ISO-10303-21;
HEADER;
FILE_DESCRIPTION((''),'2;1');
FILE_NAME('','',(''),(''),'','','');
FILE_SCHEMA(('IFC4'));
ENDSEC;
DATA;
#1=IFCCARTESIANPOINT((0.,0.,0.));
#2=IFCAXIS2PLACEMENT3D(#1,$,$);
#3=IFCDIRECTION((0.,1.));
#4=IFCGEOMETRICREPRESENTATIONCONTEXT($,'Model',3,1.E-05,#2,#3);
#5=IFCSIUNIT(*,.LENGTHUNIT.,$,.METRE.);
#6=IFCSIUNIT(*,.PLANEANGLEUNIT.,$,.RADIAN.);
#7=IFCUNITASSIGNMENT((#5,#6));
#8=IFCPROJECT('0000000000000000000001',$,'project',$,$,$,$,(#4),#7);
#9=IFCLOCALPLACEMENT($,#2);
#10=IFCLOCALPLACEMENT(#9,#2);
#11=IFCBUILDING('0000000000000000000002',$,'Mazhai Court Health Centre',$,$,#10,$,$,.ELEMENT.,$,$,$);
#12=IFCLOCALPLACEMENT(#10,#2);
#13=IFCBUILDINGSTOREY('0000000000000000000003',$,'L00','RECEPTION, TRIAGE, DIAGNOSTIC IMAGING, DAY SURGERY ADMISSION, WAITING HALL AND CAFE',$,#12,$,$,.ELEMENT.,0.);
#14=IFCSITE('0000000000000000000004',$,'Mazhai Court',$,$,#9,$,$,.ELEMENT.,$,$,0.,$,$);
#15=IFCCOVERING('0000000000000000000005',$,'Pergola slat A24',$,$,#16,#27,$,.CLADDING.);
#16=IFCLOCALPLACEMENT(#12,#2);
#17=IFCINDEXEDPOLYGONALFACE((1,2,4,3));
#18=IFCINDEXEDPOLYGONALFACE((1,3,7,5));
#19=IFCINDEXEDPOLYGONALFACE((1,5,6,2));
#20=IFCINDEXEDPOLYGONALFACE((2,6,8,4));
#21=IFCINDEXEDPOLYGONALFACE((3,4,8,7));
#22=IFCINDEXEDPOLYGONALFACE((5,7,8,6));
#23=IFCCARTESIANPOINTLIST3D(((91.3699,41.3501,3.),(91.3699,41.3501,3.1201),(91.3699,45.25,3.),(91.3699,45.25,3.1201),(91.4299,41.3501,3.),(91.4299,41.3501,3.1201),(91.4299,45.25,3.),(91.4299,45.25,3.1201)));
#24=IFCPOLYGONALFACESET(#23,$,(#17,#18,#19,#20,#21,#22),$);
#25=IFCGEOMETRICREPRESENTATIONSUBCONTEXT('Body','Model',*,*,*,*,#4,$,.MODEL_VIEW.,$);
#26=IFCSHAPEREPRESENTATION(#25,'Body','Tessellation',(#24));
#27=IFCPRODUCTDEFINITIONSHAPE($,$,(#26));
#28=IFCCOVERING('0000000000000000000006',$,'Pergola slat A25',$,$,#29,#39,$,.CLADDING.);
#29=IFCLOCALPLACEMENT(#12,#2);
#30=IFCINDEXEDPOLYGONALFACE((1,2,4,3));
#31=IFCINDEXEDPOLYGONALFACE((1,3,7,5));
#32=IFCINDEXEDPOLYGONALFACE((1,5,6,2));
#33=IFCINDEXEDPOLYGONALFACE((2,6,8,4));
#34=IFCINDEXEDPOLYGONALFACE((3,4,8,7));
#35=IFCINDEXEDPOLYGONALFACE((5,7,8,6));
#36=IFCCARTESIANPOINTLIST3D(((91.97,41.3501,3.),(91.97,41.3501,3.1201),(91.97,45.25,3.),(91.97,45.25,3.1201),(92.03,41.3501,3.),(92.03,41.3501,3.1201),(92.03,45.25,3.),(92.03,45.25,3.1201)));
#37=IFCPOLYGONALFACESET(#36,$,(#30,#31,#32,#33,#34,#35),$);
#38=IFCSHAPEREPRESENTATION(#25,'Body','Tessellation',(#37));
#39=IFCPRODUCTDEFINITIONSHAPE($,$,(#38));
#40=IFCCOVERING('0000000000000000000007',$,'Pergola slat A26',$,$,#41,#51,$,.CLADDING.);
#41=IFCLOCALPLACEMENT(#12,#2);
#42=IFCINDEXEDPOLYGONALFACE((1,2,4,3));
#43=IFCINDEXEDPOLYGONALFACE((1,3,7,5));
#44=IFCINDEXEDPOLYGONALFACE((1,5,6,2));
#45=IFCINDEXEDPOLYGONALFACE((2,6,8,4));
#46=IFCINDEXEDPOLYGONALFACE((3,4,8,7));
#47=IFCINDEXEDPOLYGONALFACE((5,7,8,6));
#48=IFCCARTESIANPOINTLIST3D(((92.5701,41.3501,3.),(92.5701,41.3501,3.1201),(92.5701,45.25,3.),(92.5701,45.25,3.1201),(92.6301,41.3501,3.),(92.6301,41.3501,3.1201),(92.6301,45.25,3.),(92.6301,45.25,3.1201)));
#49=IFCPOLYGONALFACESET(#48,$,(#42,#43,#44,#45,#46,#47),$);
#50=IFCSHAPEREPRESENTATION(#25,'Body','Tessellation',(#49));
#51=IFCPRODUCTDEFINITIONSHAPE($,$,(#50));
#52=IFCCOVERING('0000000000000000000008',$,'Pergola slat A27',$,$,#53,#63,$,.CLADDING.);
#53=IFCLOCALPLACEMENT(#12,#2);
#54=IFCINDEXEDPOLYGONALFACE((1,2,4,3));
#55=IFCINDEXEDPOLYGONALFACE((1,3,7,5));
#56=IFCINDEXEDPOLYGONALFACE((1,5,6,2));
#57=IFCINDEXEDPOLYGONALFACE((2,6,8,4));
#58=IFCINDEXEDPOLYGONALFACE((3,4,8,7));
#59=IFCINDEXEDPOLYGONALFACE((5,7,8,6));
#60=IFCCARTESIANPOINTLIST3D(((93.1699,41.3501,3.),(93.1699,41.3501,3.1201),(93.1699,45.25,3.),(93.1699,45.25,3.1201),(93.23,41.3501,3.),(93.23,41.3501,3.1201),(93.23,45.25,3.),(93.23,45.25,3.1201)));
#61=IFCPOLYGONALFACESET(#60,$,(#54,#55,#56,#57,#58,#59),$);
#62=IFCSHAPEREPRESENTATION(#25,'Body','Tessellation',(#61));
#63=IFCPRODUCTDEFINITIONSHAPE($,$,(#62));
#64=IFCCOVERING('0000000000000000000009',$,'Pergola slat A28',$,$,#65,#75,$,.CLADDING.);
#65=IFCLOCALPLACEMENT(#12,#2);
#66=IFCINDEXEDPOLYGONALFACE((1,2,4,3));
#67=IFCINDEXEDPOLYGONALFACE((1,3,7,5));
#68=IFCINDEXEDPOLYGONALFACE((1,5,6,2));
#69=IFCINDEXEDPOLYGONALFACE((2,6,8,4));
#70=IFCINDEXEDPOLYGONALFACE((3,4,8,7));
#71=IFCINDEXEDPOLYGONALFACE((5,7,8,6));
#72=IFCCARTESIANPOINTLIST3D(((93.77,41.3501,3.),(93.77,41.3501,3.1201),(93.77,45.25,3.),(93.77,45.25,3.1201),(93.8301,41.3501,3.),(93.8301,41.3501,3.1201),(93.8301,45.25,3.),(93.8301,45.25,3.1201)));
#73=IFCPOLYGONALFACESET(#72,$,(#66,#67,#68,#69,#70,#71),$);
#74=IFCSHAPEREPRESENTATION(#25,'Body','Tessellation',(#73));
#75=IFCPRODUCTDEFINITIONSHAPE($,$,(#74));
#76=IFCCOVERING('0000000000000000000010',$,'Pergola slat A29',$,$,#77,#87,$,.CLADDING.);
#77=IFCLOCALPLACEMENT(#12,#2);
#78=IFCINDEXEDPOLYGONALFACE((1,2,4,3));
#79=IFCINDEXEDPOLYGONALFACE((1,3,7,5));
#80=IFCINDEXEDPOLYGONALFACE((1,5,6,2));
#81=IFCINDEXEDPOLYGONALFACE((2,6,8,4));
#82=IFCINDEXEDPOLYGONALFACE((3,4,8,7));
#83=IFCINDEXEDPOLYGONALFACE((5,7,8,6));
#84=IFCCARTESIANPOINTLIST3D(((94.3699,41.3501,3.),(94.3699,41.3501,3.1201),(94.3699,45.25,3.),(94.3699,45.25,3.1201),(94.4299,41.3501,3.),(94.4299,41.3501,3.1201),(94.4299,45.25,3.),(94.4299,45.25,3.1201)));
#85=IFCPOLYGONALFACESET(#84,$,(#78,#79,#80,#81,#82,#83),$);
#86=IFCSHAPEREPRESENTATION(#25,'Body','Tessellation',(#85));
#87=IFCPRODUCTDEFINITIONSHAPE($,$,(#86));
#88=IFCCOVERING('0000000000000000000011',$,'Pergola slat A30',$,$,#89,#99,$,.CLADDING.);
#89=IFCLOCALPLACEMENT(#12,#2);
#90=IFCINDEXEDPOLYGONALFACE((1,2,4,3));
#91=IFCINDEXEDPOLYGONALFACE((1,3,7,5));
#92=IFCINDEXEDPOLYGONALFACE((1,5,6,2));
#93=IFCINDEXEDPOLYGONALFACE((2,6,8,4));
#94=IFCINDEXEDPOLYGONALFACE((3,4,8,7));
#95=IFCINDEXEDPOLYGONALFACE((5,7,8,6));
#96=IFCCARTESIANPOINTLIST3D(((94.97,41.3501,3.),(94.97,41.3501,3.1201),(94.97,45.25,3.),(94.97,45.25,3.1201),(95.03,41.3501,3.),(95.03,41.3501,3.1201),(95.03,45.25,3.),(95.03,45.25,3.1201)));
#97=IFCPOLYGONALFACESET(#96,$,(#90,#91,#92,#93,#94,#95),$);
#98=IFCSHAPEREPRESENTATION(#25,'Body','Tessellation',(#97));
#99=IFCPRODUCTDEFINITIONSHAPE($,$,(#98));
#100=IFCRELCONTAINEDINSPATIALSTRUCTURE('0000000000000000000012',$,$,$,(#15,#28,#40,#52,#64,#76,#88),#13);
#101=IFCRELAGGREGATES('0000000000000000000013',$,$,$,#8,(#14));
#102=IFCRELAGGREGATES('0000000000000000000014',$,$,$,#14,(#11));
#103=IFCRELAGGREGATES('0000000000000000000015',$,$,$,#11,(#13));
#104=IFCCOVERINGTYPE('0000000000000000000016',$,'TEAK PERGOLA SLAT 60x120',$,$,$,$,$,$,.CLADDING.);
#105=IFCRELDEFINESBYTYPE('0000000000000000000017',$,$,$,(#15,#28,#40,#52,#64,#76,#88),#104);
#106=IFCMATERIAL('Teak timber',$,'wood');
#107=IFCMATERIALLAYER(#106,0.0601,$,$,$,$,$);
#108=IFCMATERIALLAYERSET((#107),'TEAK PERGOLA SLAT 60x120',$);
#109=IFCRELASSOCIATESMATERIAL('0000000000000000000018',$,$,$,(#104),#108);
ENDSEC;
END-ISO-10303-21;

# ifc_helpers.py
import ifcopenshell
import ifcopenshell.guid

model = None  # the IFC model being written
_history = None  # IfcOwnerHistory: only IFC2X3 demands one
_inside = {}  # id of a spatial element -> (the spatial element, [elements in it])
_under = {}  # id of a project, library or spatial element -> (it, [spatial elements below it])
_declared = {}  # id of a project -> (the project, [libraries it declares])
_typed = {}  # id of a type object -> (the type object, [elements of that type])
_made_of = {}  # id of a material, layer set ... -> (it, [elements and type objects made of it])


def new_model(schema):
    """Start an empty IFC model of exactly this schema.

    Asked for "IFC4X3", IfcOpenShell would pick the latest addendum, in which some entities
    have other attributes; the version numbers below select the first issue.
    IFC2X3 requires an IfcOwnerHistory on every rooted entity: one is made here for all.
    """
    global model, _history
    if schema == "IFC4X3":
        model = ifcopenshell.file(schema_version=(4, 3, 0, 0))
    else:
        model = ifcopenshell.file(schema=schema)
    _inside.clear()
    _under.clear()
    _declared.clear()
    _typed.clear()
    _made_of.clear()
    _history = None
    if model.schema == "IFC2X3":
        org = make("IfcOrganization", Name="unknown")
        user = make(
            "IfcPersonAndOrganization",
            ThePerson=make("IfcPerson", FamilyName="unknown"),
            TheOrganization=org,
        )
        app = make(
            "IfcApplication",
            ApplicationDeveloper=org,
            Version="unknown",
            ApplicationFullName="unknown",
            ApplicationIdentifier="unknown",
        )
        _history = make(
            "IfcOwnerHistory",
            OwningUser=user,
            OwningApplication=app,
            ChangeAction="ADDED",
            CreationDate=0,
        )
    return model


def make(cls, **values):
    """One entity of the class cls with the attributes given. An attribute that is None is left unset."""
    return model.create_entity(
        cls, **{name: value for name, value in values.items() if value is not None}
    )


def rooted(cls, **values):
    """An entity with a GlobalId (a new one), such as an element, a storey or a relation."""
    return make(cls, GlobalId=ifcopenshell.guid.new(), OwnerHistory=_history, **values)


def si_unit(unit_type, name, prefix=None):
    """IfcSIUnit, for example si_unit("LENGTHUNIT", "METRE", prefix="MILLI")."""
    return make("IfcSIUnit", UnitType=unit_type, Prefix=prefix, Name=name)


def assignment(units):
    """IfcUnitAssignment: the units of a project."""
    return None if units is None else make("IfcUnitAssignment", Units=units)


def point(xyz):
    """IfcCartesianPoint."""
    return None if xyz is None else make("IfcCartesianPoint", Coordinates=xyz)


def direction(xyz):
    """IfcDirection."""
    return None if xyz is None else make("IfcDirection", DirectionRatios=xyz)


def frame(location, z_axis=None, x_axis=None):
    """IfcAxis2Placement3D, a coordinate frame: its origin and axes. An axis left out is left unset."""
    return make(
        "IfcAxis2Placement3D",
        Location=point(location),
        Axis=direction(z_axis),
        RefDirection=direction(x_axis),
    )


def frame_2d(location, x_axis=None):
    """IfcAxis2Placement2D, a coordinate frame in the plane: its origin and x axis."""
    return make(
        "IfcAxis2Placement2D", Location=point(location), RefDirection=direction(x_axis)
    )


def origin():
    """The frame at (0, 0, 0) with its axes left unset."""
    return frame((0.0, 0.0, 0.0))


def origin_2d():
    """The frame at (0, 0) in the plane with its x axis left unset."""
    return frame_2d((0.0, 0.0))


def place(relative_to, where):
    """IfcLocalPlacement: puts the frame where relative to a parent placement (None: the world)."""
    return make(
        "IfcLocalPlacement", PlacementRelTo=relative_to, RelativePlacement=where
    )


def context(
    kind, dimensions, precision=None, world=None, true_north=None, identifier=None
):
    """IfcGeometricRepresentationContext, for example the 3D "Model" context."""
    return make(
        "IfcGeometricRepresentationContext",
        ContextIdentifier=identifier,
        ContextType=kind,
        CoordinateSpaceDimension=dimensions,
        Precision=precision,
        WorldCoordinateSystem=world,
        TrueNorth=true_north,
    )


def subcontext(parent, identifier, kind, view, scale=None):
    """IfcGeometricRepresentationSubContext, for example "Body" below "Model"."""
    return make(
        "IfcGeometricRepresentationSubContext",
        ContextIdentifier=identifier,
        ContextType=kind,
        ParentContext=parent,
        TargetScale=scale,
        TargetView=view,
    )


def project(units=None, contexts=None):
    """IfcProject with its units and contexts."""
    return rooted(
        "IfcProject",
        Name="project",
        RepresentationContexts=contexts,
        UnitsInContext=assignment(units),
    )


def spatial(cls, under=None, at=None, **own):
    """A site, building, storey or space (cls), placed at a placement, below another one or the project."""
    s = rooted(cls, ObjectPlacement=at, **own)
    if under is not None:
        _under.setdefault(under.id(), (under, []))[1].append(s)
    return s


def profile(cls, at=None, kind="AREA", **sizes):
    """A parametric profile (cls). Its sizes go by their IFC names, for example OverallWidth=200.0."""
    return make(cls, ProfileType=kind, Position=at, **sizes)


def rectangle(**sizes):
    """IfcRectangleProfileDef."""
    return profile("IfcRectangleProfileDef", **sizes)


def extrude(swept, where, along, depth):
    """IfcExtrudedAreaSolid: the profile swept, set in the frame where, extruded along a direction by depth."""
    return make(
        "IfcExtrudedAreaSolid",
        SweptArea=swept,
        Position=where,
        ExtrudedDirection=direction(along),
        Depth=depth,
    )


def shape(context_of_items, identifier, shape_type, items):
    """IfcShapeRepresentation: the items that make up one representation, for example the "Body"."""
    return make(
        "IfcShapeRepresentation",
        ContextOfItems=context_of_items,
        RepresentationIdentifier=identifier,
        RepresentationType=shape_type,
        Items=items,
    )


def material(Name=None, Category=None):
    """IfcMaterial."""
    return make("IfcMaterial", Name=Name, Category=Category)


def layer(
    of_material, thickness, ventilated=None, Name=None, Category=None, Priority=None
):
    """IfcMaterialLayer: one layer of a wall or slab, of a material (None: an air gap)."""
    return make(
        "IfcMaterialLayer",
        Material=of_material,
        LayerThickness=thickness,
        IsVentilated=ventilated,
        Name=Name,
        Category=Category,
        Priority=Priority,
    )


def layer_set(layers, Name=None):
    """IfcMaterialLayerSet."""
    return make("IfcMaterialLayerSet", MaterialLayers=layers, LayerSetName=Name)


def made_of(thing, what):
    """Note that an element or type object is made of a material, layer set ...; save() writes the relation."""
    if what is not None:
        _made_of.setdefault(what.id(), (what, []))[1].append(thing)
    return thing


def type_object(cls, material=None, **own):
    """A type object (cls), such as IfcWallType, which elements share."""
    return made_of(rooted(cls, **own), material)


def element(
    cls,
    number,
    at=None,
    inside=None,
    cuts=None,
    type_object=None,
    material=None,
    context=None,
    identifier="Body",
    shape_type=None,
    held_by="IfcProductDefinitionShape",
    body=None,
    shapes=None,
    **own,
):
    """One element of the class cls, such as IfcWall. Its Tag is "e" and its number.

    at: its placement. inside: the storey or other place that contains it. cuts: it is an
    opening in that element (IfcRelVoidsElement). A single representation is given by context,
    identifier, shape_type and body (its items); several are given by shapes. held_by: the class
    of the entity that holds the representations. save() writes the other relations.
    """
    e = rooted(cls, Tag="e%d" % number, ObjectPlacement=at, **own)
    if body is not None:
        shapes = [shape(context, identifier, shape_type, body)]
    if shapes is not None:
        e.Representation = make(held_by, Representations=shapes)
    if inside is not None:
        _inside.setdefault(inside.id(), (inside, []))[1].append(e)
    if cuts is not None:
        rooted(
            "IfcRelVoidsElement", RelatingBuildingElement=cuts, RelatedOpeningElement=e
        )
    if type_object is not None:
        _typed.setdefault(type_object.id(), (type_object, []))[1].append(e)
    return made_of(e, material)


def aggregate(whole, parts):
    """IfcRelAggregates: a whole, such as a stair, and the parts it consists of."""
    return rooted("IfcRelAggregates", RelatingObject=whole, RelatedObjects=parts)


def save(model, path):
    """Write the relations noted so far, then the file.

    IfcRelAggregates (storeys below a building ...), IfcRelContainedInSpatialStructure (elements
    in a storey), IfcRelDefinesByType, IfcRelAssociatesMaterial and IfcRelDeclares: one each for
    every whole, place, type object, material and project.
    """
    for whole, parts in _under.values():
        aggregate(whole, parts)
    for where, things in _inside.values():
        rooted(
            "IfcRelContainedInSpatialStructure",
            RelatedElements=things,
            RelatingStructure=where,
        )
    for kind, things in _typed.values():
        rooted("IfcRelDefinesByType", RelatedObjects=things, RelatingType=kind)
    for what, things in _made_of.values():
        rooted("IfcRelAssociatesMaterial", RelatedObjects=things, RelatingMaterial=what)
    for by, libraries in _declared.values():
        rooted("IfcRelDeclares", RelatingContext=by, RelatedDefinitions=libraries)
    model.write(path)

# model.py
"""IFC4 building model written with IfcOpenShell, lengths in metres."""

from ifc_helpers import new_model, si_unit, direction, frame, origin, origin_2d, place, context, subcontext, project, spatial, rectangle, extrude, material, layer, layer_set, type_object, element, save


model = new_model("IFC4")

# Units and contexts
model_context = context("Model", 3, precision=1e-05, world=origin(), true_north=direction((0.0, 1.0)))
body_context = subcontext(model_context, "Body", "Model", "MODEL_VIEW")
ifc_project = project(units=[si_unit("LENGTHUNIT", "METRE"), si_unit("PLANEANGLEUNIT", "RADIAN")], contexts=[model_context])

# Site, building, storey
site_placement = place(None, origin())
site = spatial("IfcSite", under=ifc_project, at=site_placement, Name="Mazhai Court", CompositionType="ELEMENT", RefElevation=0.0)
building_placement = place(site_placement, origin())
building = spatial("IfcBuilding", under=site, at=building_placement, Name="Mazhai Court Health Centre", CompositionType="ELEMENT")
storey_placement = place(building_placement, origin())
storey = spatial("IfcBuildingStorey", under=building, at=storey_placement, Name="L00", Description="RECEPTION, TRIAGE, DIAGNOSTIC IMAGING, DAY SURGERY ADMISSION, WAITING HALL AND CAFE", CompositionType="ELEMENT", Elevation=0.0)

# Coverings
ifc_material_1 = material(Name="Teak timber", Category="wood")
ifc_layer_1 = layer(ifc_material_1, 0.0601)
ifc_layer_set_1 = layer_set([ifc_layer_1], Name="TEAK PERGOLA SLAT 60x120")
covering_type_1 = type_object("IfcCoveringType", Name="TEAK PERGOLA SLAT 60x120", PredefinedType="CLADDING", material=ifc_layer_set_1)
for number, where, z_axis, x_axis, name in (
    (1, (91.3999, 43.3, 3.0), (0.0, 0.0, 1.0), (1.0, 0.0, 0.0), "Pergola slat A24"),
    (2, (92.0, 43.3, 3.0), (0.0, 0.0, 1.0), (1.0, 0.0, 0.0), "Pergola slat A25"),
    (3, (92.6001, 43.3, 3.0), (0.0, 0.0, 1.0), (1.0, 0.0, 0.0), "Pergola slat A26"),
    (4, (93.2, 43.3, 3.0), (0.0, 0.0, 1.0), (1.0, 0.0, 0.0), "Pergola slat A27"),
    (5, (93.8, 43.3, 3.0), (0.0, 0.0, 1.0), (1.0, 0.0, 0.0), "Pergola slat A28"),
    (6, (94.3999, 43.3, 3.0), (0.0, 0.0, 1.0), (1.0, 0.0, 0.0), "Pergola slat A29"),
    (7, (95.0, 43.3, 3.0), (0.0, 0.0, 1.0), (1.0, 0.0, 0.0), "Pergola slat A30"),
):
    element("IfcCovering", number, at=place(storey_placement, frame(where, z_axis=z_axis, x_axis=x_axis)), inside=storey, type_object=covering_type_1, Name=name, PredefinedType="CLADDING", context=body_context, shape_type="SweptSolid", body=[
        extrude(rectangle(XDim=0.0601, YDim=3.8999, at=origin_2d()), origin(), (0.0, 0.0, 1.0), 0.1201),
    ])

save(model, "model.ifc")
